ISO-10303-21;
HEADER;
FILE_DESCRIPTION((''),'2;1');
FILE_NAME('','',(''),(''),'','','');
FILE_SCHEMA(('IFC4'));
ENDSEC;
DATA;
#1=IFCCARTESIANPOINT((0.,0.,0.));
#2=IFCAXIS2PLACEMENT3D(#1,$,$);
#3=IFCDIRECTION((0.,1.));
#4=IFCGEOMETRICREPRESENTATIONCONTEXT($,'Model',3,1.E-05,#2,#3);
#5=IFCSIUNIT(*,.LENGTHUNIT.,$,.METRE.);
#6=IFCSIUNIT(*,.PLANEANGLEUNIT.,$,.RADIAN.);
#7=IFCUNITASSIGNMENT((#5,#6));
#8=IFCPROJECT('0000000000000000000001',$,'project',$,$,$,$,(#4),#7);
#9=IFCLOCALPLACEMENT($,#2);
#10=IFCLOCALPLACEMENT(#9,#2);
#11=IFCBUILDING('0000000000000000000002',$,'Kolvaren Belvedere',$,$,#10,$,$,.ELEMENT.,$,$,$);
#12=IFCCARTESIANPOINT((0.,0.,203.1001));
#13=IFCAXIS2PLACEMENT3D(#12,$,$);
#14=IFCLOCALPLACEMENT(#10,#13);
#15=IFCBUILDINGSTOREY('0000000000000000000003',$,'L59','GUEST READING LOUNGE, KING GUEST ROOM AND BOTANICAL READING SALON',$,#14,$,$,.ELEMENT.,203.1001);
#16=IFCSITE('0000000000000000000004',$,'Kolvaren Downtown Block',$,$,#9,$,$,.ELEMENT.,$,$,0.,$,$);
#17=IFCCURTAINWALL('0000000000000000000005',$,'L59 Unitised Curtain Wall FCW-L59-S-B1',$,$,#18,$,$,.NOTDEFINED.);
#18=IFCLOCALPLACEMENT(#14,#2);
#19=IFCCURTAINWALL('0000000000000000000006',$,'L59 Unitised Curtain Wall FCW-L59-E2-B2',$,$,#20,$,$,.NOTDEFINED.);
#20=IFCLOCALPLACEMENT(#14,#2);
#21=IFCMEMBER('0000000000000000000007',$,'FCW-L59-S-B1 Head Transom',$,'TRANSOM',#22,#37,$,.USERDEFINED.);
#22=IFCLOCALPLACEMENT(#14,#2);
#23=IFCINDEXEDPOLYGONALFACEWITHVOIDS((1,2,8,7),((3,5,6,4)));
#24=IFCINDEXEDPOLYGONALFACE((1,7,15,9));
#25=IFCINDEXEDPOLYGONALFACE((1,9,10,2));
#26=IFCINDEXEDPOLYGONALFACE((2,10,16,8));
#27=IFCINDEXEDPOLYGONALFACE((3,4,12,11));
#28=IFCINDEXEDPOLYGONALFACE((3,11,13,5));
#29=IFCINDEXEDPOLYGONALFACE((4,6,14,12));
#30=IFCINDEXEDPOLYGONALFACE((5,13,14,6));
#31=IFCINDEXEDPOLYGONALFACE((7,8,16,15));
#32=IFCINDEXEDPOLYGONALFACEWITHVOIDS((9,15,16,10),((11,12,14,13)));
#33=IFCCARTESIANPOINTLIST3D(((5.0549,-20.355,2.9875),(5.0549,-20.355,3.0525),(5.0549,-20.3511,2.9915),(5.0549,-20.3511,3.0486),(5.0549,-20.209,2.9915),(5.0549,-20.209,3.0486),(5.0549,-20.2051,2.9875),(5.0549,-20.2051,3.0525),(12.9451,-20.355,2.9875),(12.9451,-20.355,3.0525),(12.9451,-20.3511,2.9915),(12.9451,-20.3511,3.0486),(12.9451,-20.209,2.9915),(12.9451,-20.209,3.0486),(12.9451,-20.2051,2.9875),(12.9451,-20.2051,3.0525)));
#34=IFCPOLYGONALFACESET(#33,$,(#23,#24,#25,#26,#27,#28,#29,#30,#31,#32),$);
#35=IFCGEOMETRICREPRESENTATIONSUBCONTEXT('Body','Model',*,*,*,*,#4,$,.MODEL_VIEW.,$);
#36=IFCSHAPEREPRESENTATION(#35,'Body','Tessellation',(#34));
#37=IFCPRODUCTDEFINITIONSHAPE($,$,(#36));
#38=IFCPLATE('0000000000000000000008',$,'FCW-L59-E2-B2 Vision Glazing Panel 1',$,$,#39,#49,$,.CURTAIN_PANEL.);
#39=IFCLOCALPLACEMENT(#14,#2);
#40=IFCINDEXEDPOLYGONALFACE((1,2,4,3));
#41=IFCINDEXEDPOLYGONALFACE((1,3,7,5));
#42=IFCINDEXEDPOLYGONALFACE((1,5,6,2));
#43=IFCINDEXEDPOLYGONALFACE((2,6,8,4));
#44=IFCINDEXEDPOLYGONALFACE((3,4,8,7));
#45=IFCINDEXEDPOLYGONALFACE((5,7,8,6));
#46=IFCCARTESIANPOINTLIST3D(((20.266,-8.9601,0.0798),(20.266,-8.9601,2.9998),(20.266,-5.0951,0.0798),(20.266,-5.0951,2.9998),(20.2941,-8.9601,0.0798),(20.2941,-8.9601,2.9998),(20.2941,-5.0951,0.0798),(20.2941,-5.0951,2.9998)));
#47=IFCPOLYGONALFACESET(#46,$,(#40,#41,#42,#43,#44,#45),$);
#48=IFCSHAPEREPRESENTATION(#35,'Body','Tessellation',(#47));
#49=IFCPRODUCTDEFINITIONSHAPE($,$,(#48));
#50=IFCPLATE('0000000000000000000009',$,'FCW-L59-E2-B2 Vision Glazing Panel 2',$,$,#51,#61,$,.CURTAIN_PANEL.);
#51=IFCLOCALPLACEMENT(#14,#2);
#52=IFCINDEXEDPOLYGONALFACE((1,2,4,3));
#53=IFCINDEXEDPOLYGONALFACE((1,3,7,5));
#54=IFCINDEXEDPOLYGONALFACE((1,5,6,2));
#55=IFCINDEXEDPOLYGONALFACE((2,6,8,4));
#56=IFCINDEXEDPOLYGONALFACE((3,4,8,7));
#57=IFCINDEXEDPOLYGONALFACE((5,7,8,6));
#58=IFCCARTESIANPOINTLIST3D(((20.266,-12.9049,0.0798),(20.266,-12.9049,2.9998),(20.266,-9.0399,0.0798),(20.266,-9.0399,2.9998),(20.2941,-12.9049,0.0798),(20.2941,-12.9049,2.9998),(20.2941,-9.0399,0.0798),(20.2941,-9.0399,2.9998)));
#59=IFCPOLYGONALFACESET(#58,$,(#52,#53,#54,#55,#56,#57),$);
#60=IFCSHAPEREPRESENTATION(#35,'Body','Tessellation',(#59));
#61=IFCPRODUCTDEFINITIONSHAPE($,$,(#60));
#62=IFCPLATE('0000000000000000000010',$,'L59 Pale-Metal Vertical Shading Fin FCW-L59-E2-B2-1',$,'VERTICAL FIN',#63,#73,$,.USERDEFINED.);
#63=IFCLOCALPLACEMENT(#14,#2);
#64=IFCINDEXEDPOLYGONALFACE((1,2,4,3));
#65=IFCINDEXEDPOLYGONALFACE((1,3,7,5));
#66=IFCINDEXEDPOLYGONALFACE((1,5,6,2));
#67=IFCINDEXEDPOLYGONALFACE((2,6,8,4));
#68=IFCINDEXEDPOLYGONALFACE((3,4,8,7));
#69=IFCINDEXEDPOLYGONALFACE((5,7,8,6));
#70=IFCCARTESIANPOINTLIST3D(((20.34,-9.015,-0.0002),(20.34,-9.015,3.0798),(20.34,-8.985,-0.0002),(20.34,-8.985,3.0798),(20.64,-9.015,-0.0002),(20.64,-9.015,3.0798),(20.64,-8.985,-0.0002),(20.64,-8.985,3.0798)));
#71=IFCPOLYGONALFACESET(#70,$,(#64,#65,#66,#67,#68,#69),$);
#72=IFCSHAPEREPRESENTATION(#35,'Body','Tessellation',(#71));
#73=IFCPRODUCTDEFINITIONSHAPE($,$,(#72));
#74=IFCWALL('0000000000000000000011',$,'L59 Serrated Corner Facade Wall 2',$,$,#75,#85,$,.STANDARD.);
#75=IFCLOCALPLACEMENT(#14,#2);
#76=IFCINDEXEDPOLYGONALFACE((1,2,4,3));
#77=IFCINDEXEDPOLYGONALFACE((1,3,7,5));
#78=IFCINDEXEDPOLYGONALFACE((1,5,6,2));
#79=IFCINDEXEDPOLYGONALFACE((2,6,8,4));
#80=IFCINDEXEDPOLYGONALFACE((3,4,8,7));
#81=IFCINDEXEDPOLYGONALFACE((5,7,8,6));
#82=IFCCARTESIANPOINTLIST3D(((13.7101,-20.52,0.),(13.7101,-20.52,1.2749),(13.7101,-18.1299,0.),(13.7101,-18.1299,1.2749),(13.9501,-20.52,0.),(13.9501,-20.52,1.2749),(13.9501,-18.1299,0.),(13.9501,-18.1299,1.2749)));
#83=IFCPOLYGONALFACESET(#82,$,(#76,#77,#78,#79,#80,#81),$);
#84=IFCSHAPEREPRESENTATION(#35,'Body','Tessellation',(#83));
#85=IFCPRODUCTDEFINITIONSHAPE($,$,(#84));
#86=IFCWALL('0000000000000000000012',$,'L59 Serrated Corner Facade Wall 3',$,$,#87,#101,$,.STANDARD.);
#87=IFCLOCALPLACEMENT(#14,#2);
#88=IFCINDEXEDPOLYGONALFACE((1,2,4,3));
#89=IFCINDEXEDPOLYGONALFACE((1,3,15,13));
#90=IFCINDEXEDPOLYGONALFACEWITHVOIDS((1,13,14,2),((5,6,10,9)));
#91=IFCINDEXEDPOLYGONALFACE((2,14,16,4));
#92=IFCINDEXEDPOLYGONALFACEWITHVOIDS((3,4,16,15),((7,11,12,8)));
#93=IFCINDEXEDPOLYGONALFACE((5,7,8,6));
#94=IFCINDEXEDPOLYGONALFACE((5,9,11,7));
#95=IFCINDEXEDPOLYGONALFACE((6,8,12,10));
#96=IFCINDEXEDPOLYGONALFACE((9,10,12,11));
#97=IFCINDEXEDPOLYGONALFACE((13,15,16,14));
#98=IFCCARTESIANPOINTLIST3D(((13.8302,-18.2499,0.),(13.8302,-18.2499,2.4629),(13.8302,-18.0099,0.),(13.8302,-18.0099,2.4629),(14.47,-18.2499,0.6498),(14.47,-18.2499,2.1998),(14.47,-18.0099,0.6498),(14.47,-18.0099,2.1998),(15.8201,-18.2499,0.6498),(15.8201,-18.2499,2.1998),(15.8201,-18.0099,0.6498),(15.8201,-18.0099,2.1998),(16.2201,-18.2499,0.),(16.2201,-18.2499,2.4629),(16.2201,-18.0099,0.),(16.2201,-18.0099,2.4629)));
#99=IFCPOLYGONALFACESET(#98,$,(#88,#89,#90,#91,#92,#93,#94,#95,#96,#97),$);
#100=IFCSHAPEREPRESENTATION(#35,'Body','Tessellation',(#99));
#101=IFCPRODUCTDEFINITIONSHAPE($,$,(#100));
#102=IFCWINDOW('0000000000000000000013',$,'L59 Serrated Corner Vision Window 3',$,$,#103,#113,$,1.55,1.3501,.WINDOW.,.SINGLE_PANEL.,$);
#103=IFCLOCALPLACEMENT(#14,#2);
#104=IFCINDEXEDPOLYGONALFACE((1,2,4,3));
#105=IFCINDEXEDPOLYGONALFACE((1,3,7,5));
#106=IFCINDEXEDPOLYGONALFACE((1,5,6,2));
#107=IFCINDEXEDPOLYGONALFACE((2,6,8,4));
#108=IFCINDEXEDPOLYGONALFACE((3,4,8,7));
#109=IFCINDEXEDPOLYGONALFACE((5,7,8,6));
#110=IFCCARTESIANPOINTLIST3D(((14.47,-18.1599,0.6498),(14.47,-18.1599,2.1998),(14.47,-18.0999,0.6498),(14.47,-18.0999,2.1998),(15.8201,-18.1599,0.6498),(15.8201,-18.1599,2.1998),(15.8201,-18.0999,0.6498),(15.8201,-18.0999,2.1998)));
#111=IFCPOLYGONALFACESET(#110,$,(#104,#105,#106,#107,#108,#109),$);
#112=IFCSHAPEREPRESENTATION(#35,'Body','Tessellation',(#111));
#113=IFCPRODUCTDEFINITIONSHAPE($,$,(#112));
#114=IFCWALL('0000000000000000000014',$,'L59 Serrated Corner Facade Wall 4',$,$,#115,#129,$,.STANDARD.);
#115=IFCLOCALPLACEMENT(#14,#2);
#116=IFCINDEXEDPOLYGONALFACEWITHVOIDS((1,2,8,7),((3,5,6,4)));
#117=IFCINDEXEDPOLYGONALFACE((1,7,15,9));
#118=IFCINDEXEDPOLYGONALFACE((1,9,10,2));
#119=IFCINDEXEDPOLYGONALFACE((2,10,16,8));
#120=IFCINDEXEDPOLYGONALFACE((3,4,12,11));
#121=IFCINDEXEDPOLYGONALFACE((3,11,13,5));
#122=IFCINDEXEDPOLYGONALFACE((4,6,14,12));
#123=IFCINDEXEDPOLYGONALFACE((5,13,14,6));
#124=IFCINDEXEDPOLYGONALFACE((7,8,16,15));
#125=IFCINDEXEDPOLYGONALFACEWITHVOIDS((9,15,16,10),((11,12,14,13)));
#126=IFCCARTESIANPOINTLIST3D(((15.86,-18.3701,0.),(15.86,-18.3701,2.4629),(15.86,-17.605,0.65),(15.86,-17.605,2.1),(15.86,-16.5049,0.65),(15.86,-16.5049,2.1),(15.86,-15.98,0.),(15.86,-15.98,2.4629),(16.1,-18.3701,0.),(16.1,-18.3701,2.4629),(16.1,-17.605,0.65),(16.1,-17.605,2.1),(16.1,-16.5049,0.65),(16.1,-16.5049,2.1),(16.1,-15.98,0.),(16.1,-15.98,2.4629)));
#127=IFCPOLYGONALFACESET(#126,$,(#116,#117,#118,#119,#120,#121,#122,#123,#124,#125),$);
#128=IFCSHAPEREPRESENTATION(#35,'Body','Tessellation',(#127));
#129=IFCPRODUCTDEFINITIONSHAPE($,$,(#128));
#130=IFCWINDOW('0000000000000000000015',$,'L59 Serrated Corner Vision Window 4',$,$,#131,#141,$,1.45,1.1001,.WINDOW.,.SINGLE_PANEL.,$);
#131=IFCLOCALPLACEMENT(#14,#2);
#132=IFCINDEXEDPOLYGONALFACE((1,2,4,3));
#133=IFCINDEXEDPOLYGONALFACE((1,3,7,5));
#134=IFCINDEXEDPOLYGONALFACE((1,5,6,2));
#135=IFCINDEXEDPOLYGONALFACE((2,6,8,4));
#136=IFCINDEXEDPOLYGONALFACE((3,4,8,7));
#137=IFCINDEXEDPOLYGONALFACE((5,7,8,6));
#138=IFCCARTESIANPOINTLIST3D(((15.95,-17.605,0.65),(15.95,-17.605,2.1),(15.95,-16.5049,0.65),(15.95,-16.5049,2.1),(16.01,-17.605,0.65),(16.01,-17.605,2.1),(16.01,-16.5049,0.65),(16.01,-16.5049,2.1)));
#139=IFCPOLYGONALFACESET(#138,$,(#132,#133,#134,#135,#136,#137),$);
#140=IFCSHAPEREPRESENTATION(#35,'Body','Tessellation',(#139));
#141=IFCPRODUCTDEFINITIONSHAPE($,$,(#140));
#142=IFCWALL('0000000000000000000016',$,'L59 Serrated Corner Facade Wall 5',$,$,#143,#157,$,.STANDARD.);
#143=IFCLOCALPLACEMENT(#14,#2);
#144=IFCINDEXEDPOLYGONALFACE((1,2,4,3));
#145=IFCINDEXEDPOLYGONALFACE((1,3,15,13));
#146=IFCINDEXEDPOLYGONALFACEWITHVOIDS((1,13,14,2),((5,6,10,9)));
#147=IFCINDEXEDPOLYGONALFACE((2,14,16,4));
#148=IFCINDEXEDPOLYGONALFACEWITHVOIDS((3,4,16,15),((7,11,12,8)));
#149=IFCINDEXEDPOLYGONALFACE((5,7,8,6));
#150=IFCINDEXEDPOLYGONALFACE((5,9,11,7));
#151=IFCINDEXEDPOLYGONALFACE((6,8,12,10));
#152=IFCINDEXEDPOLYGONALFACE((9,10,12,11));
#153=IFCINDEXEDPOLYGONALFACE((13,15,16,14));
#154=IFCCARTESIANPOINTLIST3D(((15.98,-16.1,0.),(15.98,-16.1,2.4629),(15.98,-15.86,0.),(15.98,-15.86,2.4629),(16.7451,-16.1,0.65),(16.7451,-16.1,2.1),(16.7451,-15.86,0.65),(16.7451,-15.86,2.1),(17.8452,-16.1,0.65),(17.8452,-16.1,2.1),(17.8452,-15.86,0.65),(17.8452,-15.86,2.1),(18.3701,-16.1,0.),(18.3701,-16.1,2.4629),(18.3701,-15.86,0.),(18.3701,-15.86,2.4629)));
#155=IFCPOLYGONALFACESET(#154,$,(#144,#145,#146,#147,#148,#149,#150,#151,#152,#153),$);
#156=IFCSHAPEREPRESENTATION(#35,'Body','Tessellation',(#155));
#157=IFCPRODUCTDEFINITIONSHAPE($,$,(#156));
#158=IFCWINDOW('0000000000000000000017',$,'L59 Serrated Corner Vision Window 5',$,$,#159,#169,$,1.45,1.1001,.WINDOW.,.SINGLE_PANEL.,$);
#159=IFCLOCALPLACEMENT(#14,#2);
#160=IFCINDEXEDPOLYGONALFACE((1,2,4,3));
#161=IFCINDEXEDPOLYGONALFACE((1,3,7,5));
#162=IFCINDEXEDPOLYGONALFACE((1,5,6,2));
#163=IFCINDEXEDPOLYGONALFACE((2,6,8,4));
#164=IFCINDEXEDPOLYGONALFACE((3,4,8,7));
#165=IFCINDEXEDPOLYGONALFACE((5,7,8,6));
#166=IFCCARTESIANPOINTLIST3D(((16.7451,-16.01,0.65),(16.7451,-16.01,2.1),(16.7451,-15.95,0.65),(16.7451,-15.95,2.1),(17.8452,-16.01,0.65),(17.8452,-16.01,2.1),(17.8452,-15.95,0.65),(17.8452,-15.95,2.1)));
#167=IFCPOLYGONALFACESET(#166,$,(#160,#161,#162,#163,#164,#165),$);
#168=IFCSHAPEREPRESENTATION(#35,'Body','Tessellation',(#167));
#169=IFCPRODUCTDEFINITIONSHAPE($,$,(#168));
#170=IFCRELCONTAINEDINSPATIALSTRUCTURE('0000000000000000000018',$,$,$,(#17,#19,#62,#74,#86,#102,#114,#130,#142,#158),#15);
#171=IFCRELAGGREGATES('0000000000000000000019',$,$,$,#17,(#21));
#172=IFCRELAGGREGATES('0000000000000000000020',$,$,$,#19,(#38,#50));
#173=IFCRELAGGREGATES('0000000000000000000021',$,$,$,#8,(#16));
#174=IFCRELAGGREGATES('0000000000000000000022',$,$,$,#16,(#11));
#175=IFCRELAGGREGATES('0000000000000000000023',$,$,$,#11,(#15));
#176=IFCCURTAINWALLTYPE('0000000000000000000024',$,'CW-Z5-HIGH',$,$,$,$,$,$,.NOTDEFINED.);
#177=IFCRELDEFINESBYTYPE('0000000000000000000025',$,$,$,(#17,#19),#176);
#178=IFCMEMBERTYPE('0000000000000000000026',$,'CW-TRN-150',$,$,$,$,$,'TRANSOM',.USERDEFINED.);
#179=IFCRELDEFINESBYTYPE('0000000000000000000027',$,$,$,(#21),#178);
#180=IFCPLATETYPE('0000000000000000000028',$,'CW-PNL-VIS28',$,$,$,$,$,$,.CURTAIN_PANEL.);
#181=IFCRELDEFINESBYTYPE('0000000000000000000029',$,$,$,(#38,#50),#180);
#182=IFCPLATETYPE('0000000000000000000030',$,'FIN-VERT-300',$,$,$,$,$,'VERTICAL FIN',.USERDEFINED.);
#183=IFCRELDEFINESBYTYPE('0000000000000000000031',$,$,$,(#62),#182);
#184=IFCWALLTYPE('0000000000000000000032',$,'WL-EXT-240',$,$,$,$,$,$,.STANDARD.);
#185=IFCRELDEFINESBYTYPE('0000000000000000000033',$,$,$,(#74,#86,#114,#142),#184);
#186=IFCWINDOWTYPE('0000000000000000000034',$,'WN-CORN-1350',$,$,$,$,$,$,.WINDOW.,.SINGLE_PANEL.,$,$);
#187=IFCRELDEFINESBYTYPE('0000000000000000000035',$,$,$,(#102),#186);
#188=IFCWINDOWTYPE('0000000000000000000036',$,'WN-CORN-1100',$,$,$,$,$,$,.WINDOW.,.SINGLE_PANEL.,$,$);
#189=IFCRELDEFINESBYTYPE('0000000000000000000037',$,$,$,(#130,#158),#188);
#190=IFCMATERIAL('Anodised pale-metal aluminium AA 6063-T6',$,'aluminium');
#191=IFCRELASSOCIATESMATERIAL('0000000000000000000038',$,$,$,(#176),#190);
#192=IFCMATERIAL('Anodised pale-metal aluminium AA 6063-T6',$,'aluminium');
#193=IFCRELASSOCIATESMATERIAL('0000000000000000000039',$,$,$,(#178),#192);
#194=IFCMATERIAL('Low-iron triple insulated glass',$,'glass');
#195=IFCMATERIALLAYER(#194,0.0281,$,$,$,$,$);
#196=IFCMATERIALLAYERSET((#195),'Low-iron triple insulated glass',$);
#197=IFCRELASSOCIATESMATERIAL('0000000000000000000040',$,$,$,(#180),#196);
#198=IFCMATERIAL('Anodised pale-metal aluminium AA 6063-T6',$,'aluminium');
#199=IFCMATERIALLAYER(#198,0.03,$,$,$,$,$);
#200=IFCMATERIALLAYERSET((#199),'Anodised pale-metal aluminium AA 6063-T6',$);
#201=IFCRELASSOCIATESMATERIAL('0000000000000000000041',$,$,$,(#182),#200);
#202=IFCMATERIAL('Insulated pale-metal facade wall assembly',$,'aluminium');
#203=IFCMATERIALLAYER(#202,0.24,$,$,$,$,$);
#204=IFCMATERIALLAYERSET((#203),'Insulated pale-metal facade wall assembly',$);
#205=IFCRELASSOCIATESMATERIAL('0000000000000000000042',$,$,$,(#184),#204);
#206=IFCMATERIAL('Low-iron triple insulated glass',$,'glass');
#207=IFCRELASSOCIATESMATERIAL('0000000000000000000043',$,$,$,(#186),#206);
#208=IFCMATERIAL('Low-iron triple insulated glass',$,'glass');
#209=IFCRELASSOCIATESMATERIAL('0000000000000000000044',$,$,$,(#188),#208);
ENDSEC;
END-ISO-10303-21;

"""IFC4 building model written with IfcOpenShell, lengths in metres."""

from ifc_helpers import new_model, si_unit, direction, frame, frame_2d, origin, origin_2d, place, context, subcontext, project, spatial, rectangle, hollow_rectangle, extrude, material, layer, layer_set, material_profile, profile_set, type_object, element, fill, aggregate, save


model = new_model("IFC4")

# Units and contexts
model_context = context("Model", 3, precision=1e-05, world=origin(), true_north=direction((0.0, 1.0)))
body_context = subcontext(model_context, "Body", "Model", "MODEL_VIEW")
ifc_project = project(units=[si_unit("LENGTHUNIT", "METRE"), si_unit("PLANEANGLEUNIT", "RADIAN")], contexts=[model_context])

# Site, building, storey
site_placement = place(None, origin())
site = spatial("IfcSite", under=ifc_project, at=site_placement, Name="Kolvaren Downtown Block", CompositionType="ELEMENT", RefElevation=0.0)
building_placement = place(site_placement, origin())
building = spatial("IfcBuilding", under=site, at=building_placement, Name="Kolvaren Belvedere", CompositionType="ELEMENT")
storey_placement = place(building_placement, frame((0.0, 0.0, 203.1001)))
storey = spatial("IfcBuildingStorey", under=building, at=storey_placement, Name="L59", Description="GUEST READING LOUNGE, KING GUEST ROOM AND BOTANICAL READING SALON", CompositionType="ELEMENT", Elevation=203.1001)

# Curtain wall
ifc_material_1 = material(Name="Anodised pale-metal aluminium AA 6063-T6", Category="aluminium")
curtain_wall_type = type_object("IfcCurtainWallType", Name="CW-Z5-HIGH", PredefinedType="NOTDEFINED", material=ifc_material_1)
curtain_wall_1_placement = place(storey_placement, origin())
curtain_wall_1 = element("IfcCurtainWall", 1, at=curtain_wall_1_placement, inside=storey, type_object=curtain_wall_type, Name="L59 Unitised Curtain Wall FCW-L59-S-B1", PredefinedType="NOTDEFINED")

# Curtain wall
curtain_wall_2_placement = place(storey_placement, origin())
curtain_wall_2 = element("IfcCurtainWall", 2, at=curtain_wall_2_placement, inside=storey, type_object=curtain_wall_type, Name="L59 Unitised Curtain Wall FCW-L59-E2-B2", PredefinedType="NOTDEFINED")

# Member
ifc_material_2 = material(Name="Anodised pale-metal aluminium AA 6063-T6", Category="aluminium")
ifc_material_profile_1 = material_profile(ifc_material_2, hollow_rectangle(XDim=0.0649, YDim=0.1499, WallThickness=0.0039, at=origin_2d()), Name="ALU-TRN-150X65")
ifc_profile_set_1 = profile_set([ifc_material_profile_1], Name="Anodised pale-metal aluminium AA 6063-T6")
member_type_1 = type_object("IfcMemberType", Name="CW-TRN-150", ElementType="TRANSOM", PredefinedType="USERDEFINED", material=ifc_profile_set_1)
member_1_placement = place(storey_placement, frame((12.9451, -20.28, 3.02), z_axis=(-1.0, 0.0, 0.0), x_axis=(0.0, 0.0, 1.0)))
member_1 = element("IfcMember", 3, at=member_1_placement, type_object=member_type_1, Name="FCW-L59-S-B1 Head Transom", ObjectType="TRANSOM", PredefinedType="USERDEFINED", context=body_context, shape_type="SweptSolid", body=[
    extrude(hollow_rectangle(XDim=0.0649, YDim=0.1499, WallThickness=0.0039, at=origin_2d()), origin(), (0.0, 0.0, 1.0), 7.8901),
])
aggregate(curtain_wall_1, [member_1])

# Plates
ifc_material_3 = material(Name="Low-iron triple insulated glass", Category="glass")
ifc_layer_1 = layer(ifc_material_3, 0.0281)
ifc_layer_set_1 = layer_set([ifc_layer_1], Name="Low-iron triple insulated glass")
plate_type_1 = type_object("IfcPlateType", Name="CW-PNL-VIS28", PredefinedType="CURTAIN_PANEL", material=ifc_layer_set_1)
plate_1_placement = place(storey_placement, frame((20.28, -7.0276, 0.0798), z_axis=(0.0, 0.0, 1.0), x_axis=(0.0, -1.0, 0.0)))
plate_1 = element("IfcPlate", 4, at=plate_1_placement, type_object=plate_type_1, Name="FCW-L59-E2-B2 Vision Glazing Panel 1", PredefinedType="CURTAIN_PANEL", context=body_context, shape_type="SweptSolid", body=[
    extrude(rectangle(XDim=3.865, YDim=0.0281, at=origin_2d()), origin(), (0.0, 0.0, 1.0), 2.9199),
])
plate_2_placement = place(storey_placement, frame((20.28, -10.9724, 0.0798), z_axis=(0.0, 0.0, 1.0), x_axis=(0.0, -1.0, 0.0)))
plate_2 = element("IfcPlate", 5, at=plate_2_placement, type_object=plate_type_1, Name="FCW-L59-E2-B2 Vision Glazing Panel 2", PredefinedType="CURTAIN_PANEL", context=body_context, shape_type="SweptSolid", body=[
    extrude(rectangle(XDim=3.865, YDim=0.0281, at=origin_2d()), origin(), (0.0, 0.0, 1.0), 2.9199),
])
aggregate(curtain_wall_2, [plate_1, plate_2])
ifc_material_4 = material(Name="Anodised pale-metal aluminium AA 6063-T6", Category="aluminium")
ifc_layer_2 = layer(ifc_material_4, 0.03)
ifc_layer_set_2 = layer_set([ifc_layer_2], Name="Anodised pale-metal aluminium AA 6063-T6")
plate_type_2 = type_object("IfcPlateType", Name="FIN-VERT-300", ElementType="VERTICAL FIN", PredefinedType="USERDEFINED", material=ifc_layer_set_2)
plate_3_placement = place(storey_placement, frame((20.49, -9.0, -0.0002), z_axis=(0.0, 0.0, 1.0), x_axis=(1.0, 0.0, 0.0)))
element("IfcPlate", 6, at=plate_3_placement, inside=storey, type_object=plate_type_2, Name="L59 Pale-Metal Vertical Shading Fin FCW-L59-E2-B2-1", ObjectType="VERTICAL FIN", PredefinedType="USERDEFINED", context=body_context, shape_type="SweptSolid", body=[
    extrude(rectangle(XDim=0.3, YDim=0.03, at=origin_2d()), origin(), (0.0, 0.0, 1.0), 3.0801),
])

# Wall
ifc_material_5 = material(Name="Insulated pale-metal facade wall assembly", Category="aluminium")
ifc_layer_3 = layer(ifc_material_5, 0.24)
ifc_layer_set_3 = layer_set([ifc_layer_3], Name="Insulated pale-metal facade wall assembly")
wall_type_1 = type_object("IfcWallType", Name="WL-EXT-240", PredefinedType="STANDARD", material=ifc_layer_set_3)
wall_1_placement = place(storey_placement, frame((13.8301, -18.1299, 0.0), z_axis=(0.0, 0.0, 1.0), x_axis=(0.0, -1.0, 0.0)))
element("IfcWall", 7, at=wall_1_placement, inside=storey, type_object=wall_type_1, Name="L59 Serrated Corner Facade Wall 2", PredefinedType="STANDARD", context=body_context, shape_type="SweptSolid", body=[
    extrude(rectangle(XDim=2.3901, YDim=0.24, at=frame_2d((1.1951, 0.0))), origin(), (0.0, 0.0, 1.0), 1.2749),
])

# Walls, openings, windows
wall_2_placement = place(storey_placement, frame((16.22, -18.1299, 0.0), z_axis=(0.0, 0.0, 1.0), x_axis=(-1.0, 0.0, 0.0)))
wall_2 = element("IfcWall", 8, at=wall_2_placement, inside=storey, type_object=wall_type_1, Name="L59 Serrated Corner Facade Wall 3", PredefinedType="STANDARD", context=body_context, shape_type="SweptSolid", body=[
    extrude(rectangle(XDim=2.3899, YDim=0.24, at=frame_2d((1.1948, 0.0))), origin(), (0.0, 0.0, 1.0), 2.4629),
])
opening_1_placement = place(wall_2_placement, frame((0.3999, 0.0, 0.6499)))
opening_1 = element("IfcOpeningElement", 9, at=opening_1_placement, cuts=wall_2, PredefinedType="OPENING", context=body_context, shape_type="SweptSolid", body=[
    extrude(rectangle(XDim=1.3501, YDim=1.55, at=frame_2d((0.675, 0.7749))), frame((0.0, 0.1299, 0.0), z_axis=(0.0, -1.0, 0.0), x_axis=(1.0, 0.0, 0.0)), (0.0, 0.0, 1.0), 0.26),
])
ifc_material_6 = material(Name="Low-iron triple insulated glass", Category="glass")
window_type_1 = type_object("IfcWindowType", Name="WN-CORN-1350", PartitioningType="SINGLE_PANEL", PredefinedType="WINDOW", material=ifc_material_6)
window_1_placement = place(opening_1_placement, origin())
window_1 = element("IfcWindow", 10, at=window_1_placement, inside=storey, type_object=window_type_1, Name="L59 Serrated Corner Vision Window 3", OverallHeight=1.55, OverallWidth=1.3501, PartitioningType="SINGLE_PANEL", PredefinedType="WINDOW", context=body_context, shape_type="SweptSolid", body=[
    extrude(rectangle(XDim=1.3501, YDim=1.55, at=frame_2d((0.675, 0.7749))), frame((0.0, 0.03, 0.0), z_axis=(0.0, -1.0, 0.0), x_axis=(1.0, 0.0, 0.0)), (0.0, 0.0, 1.0), 0.0601),
])
fill(opening_1, window_1)
wall_3_placement = place(storey_placement, frame((15.98, -15.98, 0.0), z_axis=(0.0, 0.0, 1.0), x_axis=(0.0, -1.0, 0.0)))
wall_3 = element("IfcWall", 11, at=wall_3_placement, inside=storey, type_object=wall_type_1, Name="L59 Serrated Corner Facade Wall 4", PredefinedType="STANDARD", context=body_context, shape_type="SweptSolid", body=[
    extrude(rectangle(XDim=2.3901, YDim=0.24, at=frame_2d((1.1951, 0.0))), origin(), (0.0, 0.0, 1.0), 2.4629),
])
opening_2_placement = place(wall_3_placement, frame((0.5249, 0.0, 0.6499)))
opening_2 = element("IfcOpeningElement", 12, at=opening_2_placement, cuts=wall_3, PredefinedType="OPENING", context=body_context, shape_type="SweptSolid", body=[
    extrude(rectangle(XDim=1.1001, YDim=1.45, at=frame_2d((0.55, 0.7251))), frame((0.0, 0.1299, 0.0), z_axis=(0.0, -1.0, 0.0), x_axis=(1.0, 0.0, 0.0)), (0.0, 0.0, 1.0), 0.26),
])
ifc_material_7 = material(Name="Low-iron triple insulated glass", Category="glass")
window_type_2 = type_object("IfcWindowType", Name="WN-CORN-1100", PartitioningType="SINGLE_PANEL", PredefinedType="WINDOW", material=ifc_material_7)
window_2_placement = place(opening_2_placement, origin())
window_2 = element("IfcWindow", 13, at=window_2_placement, inside=storey, type_object=window_type_2, Name="L59 Serrated Corner Vision Window 4", OverallHeight=1.45, OverallWidth=1.1001, PartitioningType="SINGLE_PANEL", PredefinedType="WINDOW", context=body_context, shape_type="SweptSolid", body=[
    extrude(rectangle(XDim=1.1001, YDim=1.45, at=frame_2d((0.55, 0.7251))), frame((0.0, 0.03, 0.0), z_axis=(0.0, -1.0, 0.0), x_axis=(1.0, 0.0, 0.0)), (0.0, 0.0, 1.0), 0.0601),
])
fill(opening_2, window_2)
wall_4_placement = place(storey_placement, frame((18.3701, -15.98, 0.0), z_axis=(0.0, 0.0, 1.0), x_axis=(-1.0, 0.0, 0.0)))
wall_4 = element("IfcWall", 14, at=wall_4_placement, inside=storey, type_object=wall_type_1, Name="L59 Serrated Corner Facade Wall 5", PredefinedType="STANDARD", context=body_context, shape_type="SweptSolid", body=[
    extrude(rectangle(XDim=2.3901, YDim=0.24, at=frame_2d((1.1951, 0.0))), origin(), (0.0, 0.0, 1.0), 2.4629),
])
opening_3_placement = place(wall_4_placement, frame((0.5249, 0.0, 0.6499)))
opening_3 = element("IfcOpeningElement", 15, at=opening_3_placement, cuts=wall_4, PredefinedType="OPENING", context=body_context, shape_type="SweptSolid", body=[
    extrude(rectangle(XDim=1.1001, YDim=1.45, at=frame_2d((0.55, 0.7251))), frame((0.0, 0.1299, 0.0), z_axis=(0.0, -1.0, 0.0), x_axis=(1.0, 0.0, 0.0)), (0.0, 0.0, 1.0), 0.26),
])
window_3_placement = place(opening_3_placement, origin())
window_3 = element("IfcWindow", 16, at=window_3_placement, inside=storey, type_object=window_type_2, Name="L59 Serrated Corner Vision Window 5", OverallHeight=1.45, OverallWidth=1.1001, PartitioningType="SINGLE_PANEL", PredefinedType="WINDOW", context=body_context, shape_type="SweptSolid", body=[
    extrude(rectangle(XDim=1.1001, YDim=1.45, at=frame_2d((0.55, 0.7251))), frame((0.0, 0.03, 0.0), z_axis=(0.0, -1.0, 0.0), x_axis=(1.0, 0.0, 0.0)), (0.0, 0.0, 1.0), 0.0601),
])
fill(opening_3, window_3)

save(model, "model.ifc")
